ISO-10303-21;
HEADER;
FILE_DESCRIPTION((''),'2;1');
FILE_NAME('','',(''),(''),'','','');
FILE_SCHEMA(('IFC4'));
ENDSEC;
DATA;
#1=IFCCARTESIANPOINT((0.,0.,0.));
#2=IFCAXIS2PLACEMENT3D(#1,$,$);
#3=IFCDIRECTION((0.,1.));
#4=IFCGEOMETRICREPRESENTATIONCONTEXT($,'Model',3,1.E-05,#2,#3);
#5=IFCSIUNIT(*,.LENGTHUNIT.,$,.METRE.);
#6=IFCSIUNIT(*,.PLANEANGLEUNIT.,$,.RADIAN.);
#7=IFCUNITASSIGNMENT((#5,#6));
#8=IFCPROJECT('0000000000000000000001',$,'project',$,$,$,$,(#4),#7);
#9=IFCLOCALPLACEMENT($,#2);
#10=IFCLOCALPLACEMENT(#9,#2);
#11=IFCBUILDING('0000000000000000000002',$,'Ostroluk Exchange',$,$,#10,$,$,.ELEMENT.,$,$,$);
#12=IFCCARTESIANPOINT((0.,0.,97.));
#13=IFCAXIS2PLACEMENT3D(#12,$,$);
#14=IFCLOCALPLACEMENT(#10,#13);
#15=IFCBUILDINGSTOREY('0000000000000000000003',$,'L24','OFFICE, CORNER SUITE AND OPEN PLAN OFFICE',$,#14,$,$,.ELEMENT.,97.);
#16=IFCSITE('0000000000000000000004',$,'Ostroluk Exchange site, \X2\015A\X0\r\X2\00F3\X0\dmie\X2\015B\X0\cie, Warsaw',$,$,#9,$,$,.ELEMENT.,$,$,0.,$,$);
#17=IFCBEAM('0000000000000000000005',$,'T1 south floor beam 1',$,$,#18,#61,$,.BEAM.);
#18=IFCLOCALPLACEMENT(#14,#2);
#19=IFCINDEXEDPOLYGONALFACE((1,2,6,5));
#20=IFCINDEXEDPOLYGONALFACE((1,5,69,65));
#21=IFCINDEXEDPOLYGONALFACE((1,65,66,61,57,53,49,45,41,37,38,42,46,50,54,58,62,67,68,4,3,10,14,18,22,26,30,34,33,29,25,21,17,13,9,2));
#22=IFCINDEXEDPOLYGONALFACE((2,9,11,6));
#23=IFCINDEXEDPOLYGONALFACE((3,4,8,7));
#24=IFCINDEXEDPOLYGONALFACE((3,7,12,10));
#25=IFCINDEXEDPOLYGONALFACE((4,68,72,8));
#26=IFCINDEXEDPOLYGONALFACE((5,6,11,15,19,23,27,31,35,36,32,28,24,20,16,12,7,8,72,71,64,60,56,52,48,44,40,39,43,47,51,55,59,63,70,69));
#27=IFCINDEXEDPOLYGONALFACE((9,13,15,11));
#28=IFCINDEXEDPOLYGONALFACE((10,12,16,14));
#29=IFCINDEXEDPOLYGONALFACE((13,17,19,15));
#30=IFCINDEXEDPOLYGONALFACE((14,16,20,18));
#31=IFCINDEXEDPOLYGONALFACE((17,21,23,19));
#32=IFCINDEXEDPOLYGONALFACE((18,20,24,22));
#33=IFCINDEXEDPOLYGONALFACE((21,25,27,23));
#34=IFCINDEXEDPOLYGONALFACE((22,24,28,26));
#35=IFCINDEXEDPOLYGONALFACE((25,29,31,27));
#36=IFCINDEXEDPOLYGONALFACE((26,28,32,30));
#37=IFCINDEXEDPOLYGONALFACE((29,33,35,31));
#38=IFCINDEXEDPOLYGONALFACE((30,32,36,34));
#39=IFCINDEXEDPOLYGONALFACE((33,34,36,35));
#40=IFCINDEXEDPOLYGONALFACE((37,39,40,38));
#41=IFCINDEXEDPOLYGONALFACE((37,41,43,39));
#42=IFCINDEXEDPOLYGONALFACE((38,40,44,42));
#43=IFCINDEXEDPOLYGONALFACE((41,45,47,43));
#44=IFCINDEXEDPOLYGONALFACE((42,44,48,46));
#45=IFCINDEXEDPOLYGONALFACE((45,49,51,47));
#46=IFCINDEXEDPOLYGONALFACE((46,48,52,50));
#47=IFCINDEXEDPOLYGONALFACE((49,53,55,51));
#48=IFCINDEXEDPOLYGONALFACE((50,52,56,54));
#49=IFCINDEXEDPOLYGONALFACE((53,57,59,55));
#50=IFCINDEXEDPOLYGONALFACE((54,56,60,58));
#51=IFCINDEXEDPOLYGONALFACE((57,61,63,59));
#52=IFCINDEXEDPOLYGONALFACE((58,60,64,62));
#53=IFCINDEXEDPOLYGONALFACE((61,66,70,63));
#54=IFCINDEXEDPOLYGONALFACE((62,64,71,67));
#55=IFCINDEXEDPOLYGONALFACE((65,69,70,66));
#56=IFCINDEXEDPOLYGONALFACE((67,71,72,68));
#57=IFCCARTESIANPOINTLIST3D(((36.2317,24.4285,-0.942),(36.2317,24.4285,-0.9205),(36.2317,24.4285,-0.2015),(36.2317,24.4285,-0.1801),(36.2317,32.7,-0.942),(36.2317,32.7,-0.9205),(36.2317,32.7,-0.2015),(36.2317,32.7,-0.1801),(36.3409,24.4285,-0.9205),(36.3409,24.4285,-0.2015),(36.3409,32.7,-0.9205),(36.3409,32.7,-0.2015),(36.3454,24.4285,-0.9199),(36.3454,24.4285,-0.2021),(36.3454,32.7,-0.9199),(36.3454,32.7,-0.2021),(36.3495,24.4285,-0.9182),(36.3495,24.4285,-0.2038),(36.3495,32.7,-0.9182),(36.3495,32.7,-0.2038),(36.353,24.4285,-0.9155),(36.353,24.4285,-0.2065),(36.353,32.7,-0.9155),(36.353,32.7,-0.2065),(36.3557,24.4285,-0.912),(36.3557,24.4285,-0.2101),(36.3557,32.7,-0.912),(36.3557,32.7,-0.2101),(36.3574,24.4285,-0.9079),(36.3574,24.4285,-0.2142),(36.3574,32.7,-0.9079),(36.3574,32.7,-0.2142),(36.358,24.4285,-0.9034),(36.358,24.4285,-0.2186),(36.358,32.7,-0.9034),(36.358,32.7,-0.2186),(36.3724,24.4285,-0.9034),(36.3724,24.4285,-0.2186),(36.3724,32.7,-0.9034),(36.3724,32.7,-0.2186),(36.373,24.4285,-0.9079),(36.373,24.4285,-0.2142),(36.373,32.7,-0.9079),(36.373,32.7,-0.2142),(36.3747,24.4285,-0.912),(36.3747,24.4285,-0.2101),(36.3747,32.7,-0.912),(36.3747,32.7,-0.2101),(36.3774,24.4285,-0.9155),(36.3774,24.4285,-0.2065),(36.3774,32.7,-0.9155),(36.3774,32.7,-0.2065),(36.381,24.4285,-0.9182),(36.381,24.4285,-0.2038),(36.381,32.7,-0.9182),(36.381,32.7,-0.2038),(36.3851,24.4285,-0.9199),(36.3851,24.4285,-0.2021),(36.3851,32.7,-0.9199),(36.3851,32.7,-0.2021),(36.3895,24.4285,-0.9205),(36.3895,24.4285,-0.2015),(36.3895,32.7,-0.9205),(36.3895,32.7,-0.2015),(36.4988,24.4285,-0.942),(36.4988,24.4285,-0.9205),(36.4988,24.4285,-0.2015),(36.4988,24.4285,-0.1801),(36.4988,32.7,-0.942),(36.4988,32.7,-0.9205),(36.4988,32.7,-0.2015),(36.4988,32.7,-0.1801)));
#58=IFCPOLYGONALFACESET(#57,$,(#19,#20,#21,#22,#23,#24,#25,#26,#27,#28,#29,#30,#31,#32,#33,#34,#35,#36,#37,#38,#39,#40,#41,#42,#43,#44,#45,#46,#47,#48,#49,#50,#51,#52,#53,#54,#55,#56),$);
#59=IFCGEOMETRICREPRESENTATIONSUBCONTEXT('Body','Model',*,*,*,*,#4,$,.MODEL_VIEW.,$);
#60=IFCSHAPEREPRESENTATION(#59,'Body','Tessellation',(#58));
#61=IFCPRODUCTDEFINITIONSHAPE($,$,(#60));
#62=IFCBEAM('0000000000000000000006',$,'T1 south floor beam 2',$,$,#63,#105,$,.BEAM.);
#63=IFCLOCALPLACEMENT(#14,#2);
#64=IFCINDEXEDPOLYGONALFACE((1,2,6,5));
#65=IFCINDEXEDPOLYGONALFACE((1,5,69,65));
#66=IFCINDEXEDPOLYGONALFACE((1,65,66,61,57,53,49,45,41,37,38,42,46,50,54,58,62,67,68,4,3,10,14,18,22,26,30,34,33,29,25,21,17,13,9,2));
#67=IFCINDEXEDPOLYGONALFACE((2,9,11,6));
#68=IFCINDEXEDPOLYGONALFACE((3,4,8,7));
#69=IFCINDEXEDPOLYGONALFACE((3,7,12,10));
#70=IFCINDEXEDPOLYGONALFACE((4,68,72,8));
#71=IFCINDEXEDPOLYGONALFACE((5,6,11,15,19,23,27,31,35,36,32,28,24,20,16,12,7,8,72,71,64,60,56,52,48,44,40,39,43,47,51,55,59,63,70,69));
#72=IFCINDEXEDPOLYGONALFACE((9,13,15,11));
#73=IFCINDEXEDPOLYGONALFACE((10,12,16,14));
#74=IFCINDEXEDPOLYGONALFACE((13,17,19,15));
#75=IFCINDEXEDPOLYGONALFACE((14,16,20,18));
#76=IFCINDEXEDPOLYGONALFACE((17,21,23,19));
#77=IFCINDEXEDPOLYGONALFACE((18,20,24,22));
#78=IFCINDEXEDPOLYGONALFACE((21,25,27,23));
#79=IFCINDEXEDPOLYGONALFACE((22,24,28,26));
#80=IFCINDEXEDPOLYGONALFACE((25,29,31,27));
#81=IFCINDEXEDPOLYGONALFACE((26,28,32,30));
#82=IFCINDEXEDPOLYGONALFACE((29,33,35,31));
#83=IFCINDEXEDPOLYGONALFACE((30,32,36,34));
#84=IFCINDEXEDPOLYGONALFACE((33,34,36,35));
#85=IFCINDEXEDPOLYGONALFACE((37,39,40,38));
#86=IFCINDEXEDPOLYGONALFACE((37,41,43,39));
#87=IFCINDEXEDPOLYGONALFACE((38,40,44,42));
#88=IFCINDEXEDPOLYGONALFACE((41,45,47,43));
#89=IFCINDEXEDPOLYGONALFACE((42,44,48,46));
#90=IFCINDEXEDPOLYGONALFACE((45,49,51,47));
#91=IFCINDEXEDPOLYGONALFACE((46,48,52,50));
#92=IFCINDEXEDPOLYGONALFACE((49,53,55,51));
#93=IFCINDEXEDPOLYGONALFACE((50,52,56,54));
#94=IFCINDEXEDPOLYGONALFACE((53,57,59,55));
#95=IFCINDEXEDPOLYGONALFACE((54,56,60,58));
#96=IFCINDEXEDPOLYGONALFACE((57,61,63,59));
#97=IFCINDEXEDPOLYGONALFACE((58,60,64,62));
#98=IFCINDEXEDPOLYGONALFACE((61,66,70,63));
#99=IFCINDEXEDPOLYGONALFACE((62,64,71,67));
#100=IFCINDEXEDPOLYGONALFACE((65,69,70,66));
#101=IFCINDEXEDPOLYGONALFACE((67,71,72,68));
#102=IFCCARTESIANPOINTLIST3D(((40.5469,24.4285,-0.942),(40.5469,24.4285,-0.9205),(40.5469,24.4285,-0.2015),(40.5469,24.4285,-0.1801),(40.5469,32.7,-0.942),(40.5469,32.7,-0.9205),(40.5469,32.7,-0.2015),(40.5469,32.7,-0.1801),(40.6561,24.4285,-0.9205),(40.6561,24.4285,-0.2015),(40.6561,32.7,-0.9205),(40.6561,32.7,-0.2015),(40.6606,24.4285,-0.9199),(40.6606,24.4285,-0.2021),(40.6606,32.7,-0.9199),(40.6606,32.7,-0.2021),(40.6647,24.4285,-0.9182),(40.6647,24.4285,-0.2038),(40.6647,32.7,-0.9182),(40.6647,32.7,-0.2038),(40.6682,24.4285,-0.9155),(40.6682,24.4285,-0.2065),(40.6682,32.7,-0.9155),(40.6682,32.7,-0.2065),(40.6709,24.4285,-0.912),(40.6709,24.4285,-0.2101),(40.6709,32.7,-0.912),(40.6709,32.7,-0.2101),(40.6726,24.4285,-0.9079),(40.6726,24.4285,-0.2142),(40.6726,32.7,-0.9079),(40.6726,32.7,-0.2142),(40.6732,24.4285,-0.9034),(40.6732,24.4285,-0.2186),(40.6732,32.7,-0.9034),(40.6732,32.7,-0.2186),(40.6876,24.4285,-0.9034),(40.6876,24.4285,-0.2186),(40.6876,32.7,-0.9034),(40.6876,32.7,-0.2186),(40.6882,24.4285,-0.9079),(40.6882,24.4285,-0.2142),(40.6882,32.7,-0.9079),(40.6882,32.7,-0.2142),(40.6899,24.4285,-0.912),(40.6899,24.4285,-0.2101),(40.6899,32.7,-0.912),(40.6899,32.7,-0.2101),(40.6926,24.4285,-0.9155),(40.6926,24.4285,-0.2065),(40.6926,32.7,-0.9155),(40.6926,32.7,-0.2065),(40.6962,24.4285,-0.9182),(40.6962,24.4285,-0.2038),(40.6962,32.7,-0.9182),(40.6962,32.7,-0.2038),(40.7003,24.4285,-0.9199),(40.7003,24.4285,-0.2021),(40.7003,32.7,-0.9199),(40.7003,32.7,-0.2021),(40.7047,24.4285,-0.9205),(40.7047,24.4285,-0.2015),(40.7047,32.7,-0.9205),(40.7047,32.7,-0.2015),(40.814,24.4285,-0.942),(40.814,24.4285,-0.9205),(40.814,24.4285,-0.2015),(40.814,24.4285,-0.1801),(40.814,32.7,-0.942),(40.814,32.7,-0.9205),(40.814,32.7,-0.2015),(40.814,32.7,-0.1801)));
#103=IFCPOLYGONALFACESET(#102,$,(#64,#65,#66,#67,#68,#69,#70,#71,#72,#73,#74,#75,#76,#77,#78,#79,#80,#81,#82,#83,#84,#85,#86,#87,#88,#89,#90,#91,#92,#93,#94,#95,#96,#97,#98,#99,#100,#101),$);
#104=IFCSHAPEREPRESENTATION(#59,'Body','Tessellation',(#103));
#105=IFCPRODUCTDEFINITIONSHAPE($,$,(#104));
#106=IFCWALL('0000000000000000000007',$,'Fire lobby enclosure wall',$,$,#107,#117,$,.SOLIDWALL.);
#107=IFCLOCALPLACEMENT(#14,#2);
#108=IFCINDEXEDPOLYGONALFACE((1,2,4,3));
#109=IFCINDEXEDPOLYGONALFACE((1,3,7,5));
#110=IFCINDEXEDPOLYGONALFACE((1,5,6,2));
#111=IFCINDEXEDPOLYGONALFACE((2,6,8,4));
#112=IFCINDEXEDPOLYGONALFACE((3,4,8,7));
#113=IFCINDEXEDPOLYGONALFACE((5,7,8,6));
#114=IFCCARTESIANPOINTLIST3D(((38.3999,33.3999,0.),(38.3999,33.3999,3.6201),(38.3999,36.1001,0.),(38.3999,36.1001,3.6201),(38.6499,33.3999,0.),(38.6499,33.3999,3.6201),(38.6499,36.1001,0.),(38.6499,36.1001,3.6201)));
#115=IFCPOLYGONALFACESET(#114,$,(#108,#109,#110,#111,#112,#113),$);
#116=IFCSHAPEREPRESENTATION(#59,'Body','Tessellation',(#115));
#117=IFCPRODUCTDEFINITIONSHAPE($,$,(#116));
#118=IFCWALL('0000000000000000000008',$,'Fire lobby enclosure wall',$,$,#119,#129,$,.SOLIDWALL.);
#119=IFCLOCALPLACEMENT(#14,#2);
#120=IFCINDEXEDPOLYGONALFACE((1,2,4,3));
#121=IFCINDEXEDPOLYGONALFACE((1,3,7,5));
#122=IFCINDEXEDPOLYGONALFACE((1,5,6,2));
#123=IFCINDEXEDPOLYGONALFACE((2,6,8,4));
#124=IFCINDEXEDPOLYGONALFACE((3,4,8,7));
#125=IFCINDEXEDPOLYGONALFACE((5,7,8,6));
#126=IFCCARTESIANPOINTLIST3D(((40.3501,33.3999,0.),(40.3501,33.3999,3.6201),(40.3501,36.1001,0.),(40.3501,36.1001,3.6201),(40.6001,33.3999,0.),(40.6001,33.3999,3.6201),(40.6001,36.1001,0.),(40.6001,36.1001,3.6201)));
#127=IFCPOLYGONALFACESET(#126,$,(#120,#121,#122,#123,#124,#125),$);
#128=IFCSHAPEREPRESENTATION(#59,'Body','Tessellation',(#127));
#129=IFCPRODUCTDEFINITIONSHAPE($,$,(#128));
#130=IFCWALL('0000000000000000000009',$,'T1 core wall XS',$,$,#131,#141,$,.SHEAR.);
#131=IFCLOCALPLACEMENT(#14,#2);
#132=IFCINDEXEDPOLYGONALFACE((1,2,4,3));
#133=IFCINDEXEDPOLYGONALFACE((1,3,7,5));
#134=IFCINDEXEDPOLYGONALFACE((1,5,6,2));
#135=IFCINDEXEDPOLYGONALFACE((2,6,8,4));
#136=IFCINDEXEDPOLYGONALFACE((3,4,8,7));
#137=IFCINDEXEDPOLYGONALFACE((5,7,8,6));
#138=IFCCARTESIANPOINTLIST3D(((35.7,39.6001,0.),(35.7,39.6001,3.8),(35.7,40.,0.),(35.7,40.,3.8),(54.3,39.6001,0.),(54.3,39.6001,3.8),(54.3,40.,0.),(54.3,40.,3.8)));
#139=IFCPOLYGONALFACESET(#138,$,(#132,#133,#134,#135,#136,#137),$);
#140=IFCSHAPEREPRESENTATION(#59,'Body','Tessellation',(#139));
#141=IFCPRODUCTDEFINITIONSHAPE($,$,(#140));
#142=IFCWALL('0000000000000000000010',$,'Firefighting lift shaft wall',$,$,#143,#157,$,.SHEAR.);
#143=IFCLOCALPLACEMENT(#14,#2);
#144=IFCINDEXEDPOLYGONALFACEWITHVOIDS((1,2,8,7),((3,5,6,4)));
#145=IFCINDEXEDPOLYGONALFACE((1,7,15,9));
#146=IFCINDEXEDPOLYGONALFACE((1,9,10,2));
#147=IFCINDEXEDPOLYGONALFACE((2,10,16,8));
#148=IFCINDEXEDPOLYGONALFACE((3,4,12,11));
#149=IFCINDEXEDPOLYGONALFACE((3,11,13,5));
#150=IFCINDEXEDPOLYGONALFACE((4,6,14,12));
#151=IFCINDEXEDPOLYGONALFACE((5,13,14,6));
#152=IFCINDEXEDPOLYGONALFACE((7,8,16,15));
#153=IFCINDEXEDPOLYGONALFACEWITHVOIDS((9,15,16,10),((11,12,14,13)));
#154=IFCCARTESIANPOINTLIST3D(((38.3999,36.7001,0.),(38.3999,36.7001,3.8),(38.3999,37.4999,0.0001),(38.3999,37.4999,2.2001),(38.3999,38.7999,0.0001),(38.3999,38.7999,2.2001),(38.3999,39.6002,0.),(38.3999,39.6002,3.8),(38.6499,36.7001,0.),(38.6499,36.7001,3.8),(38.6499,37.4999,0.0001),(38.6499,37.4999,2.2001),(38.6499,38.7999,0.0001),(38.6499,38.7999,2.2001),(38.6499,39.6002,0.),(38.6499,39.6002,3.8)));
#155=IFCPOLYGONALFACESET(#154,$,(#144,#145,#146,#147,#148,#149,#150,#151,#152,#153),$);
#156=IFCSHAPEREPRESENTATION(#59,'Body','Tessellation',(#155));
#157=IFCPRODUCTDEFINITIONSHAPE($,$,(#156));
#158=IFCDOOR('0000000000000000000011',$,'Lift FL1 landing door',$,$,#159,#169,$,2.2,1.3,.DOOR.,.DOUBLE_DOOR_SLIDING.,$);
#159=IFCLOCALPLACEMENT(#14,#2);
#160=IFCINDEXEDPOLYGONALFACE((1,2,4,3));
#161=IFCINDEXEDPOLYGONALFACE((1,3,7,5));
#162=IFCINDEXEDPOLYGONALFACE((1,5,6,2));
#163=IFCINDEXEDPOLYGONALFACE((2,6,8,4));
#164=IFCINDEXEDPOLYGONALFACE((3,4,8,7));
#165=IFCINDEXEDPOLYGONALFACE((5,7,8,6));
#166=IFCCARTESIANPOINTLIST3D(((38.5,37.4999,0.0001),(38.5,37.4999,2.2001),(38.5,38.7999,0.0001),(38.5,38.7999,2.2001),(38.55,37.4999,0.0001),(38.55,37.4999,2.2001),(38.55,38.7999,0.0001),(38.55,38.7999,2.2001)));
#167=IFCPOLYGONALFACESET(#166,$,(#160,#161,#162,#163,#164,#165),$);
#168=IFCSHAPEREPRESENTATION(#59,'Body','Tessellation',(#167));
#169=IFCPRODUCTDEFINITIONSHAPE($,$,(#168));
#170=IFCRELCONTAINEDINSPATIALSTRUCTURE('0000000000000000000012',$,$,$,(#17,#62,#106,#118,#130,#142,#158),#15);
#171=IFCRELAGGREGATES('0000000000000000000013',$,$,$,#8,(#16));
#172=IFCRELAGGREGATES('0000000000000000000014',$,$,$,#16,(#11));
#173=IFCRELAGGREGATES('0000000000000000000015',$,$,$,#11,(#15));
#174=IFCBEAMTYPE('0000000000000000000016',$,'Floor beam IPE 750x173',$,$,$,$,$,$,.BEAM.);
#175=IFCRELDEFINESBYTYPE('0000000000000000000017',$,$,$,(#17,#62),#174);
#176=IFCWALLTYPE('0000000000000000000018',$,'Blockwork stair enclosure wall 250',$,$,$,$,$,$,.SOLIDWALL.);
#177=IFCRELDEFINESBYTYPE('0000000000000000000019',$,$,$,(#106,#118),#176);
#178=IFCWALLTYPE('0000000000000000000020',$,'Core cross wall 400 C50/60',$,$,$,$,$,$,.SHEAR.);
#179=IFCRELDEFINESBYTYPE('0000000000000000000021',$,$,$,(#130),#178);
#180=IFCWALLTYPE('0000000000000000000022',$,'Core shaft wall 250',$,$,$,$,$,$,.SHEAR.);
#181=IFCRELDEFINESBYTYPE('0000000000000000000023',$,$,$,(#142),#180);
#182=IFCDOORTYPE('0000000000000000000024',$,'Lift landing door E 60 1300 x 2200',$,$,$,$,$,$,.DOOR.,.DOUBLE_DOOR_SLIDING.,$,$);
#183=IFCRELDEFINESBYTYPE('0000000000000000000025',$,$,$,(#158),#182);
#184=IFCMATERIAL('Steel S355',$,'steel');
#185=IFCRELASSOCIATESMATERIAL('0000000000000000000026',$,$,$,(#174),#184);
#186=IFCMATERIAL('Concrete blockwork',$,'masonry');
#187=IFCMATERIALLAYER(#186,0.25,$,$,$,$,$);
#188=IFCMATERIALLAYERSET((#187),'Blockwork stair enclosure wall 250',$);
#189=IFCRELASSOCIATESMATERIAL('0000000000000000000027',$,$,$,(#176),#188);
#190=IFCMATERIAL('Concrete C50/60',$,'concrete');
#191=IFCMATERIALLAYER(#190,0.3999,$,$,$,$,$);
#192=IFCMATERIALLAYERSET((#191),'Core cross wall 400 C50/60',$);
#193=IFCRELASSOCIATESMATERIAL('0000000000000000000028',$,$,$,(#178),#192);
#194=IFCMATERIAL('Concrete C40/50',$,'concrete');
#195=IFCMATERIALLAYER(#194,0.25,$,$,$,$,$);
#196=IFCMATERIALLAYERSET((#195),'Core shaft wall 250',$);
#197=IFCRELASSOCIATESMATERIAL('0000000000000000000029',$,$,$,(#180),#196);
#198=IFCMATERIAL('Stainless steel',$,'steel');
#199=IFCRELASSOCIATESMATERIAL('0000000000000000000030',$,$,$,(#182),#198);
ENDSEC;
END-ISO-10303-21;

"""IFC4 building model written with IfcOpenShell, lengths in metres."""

from ifc_helpers import new_model, si_unit, direction, frame, frame_2d, origin, origin_2d, place, context, subcontext, project, spatial, rectangle, i_section, extrude, material, layer, layer_set, material_profile, profile_set, type_object, element, fill, save


model = new_model("IFC4")

# Units and contexts
model_context = context("Model", 3, precision=1e-05, world=origin(), true_north=direction((0.0, 1.0)))
body_context = subcontext(model_context, "Body", "Model", "MODEL_VIEW")
ifc_project = project(units=[si_unit("LENGTHUNIT", "METRE"), si_unit("PLANEANGLEUNIT", "RADIAN")], contexts=[model_context])

# Site, building, storey
site_placement = place(None, origin())
site = spatial("IfcSite", under=ifc_project, at=site_placement, Name="Ostroluk Exchange site, Śródmieście, Warsaw", CompositionType="ELEMENT", RefElevation=0.0)
building_placement = place(site_placement, origin())
building = spatial("IfcBuilding", under=site, at=building_placement, Name="Ostroluk Exchange", CompositionType="ELEMENT")
storey_placement = place(building_placement, frame((0.0, 0.0, 97.0)))
storey = spatial("IfcBuildingStorey", under=building, at=storey_placement, Name="L24", Description="OFFICE, CORNER SUITE AND OPEN PLAN OFFICE", CompositionType="ELEMENT", Elevation=97.0)

# Beams
ifc_material_1 = material(Name="Steel S355", Category="steel")
ifc_material_profile = material_profile(ifc_material_1, i_section(OverallWidth=0.2671, OverallDepth=0.762, WebThickness=0.0144, FlangeThickness=0.0215, FilletRadius=0.0171, at=origin_2d()), Name="IPE 750x173")
ifc_profile_set = profile_set([ifc_material_profile], Name="Steel S355")
beam_type = type_object("IfcBeamType", Name="Floor beam IPE 750x173", PredefinedType="BEAM", material=ifc_profile_set)
for number, where, z_axis, x_axis, name in (
    (1, (36.3652, 32.7, -0.561), (0.0, -1.0, 0.0), (1.0, 0.0, 0.0), "T1 south floor beam 1"),
    (2, (40.6804, 32.7, -0.561), (0.0, -1.0, 0.0), (1.0, 0.0, 0.0), "T1 south floor beam 2"),
):
    element("IfcBeam", number, at=place(storey_placement, frame(where, z_axis=z_axis, x_axis=x_axis)), inside=storey, type_object=beam_type, Name=name, PredefinedType="BEAM", context=body_context, shape_type="SweptSolid", body=[
        extrude(i_section(OverallWidth=0.2671, OverallDepth=0.762, WebThickness=0.0144, FlangeThickness=0.0215, FilletRadius=0.0171, at=origin_2d()), origin(), (0.0, 0.0, 1.0), 8.2715),
    ])

# Walls
ifc_material_2 = material(Name="Concrete blockwork", Category="masonry")
ifc_layer_1 = layer(ifc_material_2, 0.25)
ifc_layer_set_1 = layer_set([ifc_layer_1], Name="Blockwork stair enclosure wall 250")
wall_type_1 = type_object("IfcWallType", Name="Blockwork stair enclosure wall 250", PredefinedType="SOLIDWALL", material=ifc_layer_set_1)
for number, where, z_axis, x_axis, name in (
    (3, (38.5249, 33.3999, 0.0), (0.0, 0.0, 1.0), (0.0, 1.0, 0.0), "Fire lobby enclosure wall"),
    (4, (40.4751, 33.3999, 0.0), (0.0, 0.0, 1.0), (0.0, 1.0, 0.0), "Fire lobby enclosure wall"),
):
    element("IfcWall", number, at=place(storey_placement, frame(where, z_axis=z_axis, x_axis=x_axis)), inside=storey, type_object=wall_type_1, Name=name, PredefinedType="SOLIDWALL", context=body_context, shape_type="SweptSolid", body=[
        extrude(rectangle(XDim=2.7002, YDim=0.25, at=frame_2d((1.3501, 0.0))), origin(), (0.0, 0.0, 1.0), 3.6201),
    ])
ifc_material_3 = material(Name="Concrete C50/60", Category="concrete")
ifc_layer_2 = layer(ifc_material_3, 0.3999)
ifc_layer_set_2 = layer_set([ifc_layer_2], Name="Core cross wall 400 C50/60")
wall_type_2 = type_object("IfcWallType", Name="Core cross wall 400 C50/60", PredefinedType="SHEAR", material=ifc_layer_set_2)
wall_1_placement = place(storey_placement, frame((35.7, 39.8, 0.0), z_axis=(0.0, 0.0, 1.0), x_axis=(1.0, 0.0, 0.0)))
element("IfcWall", 5, at=wall_1_placement, inside=storey, type_object=wall_type_2, Name="T1 core wall XS", PredefinedType="SHEAR", context=body_context, shape_type="SweptSolid", body=[
    extrude(rectangle(XDim=18.6001, YDim=0.3999, at=frame_2d((9.3, 0.0))), origin(), (0.0, 0.0, 1.0), 3.8),
])

# Wall, opening, door
ifc_material_4 = material(Name="Concrete C40/50", Category="concrete")
ifc_layer_3 = layer(ifc_material_4, 0.25)
ifc_layer_set_3 = layer_set([ifc_layer_3], Name="Core shaft wall 250")
wall_type_3 = type_object("IfcWallType", Name="Core shaft wall 250", PredefinedType="SHEAR", material=ifc_layer_set_3)
wall_2_placement = place(storey_placement, frame((38.5249, 36.7, 0.0), z_axis=(0.0, 0.0, 1.0), x_axis=(0.0, 1.0, 0.0)))
wall_2 = element("IfcWall", 6, at=wall_2_placement, inside=storey, type_object=wall_type_3, Name="Firefighting lift shaft wall", PredefinedType="SHEAR", context=body_context, shape_type="SweptSolid", body=[
    extrude(rectangle(XDim=2.9001, YDim=0.25, at=frame_2d((1.4502, 0.0))), origin(), (0.0, 0.0, 1.0), 3.8),
])
opening_1_placement = place(wall_2_placement, frame((0.8, 0.0, 0.0)))
opening_1 = element("IfcOpeningElement", 7, at=opening_1_placement, cuts=wall_2, PredefinedType="OPENING", context=body_context, shape_type="SweptSolid", body=[
    extrude(rectangle(XDim=1.3, YDim=2.2, at=frame_2d((0.6499, 1.1001))), frame((0.0, 0.135, 0.0), z_axis=(0.0, -1.0, 0.0), x_axis=(1.0, 0.0, 0.0)), (0.0, 0.0, 1.0), 0.27),
])
ifc_material_5 = material(Name="Stainless steel", Category="steel")
door_type_1 = type_object("IfcDoorType", Name="Lift landing door E 60 1300 x 2200", OperationType="DOUBLE_DOOR_SLIDING", PredefinedType="DOOR", material=ifc_material_5)
door_1_placement = place(opening_1_placement, origin())
door_1 = element("IfcDoor", 8, at=door_1_placement, inside=storey, type_object=door_type_1, Name="Lift FL1 landing door", OperationType="DOUBLE_DOOR_SLIDING", OverallHeight=2.2, OverallWidth=1.3, PredefinedType="DOOR", context=body_context, shape_type="SweptSolid", body=[
    extrude(rectangle(XDim=1.3, YDim=2.2, at=frame_2d((0.6499, 1.1001))), frame((0.0, 0.0249, 0.0), z_axis=(0.0, -1.0, 0.0), x_axis=(1.0, 0.0, 0.0)), (0.0, 0.0, 1.0), 0.05),
])
fill(opening_1, door_1)

save(model, "model.ifc")
